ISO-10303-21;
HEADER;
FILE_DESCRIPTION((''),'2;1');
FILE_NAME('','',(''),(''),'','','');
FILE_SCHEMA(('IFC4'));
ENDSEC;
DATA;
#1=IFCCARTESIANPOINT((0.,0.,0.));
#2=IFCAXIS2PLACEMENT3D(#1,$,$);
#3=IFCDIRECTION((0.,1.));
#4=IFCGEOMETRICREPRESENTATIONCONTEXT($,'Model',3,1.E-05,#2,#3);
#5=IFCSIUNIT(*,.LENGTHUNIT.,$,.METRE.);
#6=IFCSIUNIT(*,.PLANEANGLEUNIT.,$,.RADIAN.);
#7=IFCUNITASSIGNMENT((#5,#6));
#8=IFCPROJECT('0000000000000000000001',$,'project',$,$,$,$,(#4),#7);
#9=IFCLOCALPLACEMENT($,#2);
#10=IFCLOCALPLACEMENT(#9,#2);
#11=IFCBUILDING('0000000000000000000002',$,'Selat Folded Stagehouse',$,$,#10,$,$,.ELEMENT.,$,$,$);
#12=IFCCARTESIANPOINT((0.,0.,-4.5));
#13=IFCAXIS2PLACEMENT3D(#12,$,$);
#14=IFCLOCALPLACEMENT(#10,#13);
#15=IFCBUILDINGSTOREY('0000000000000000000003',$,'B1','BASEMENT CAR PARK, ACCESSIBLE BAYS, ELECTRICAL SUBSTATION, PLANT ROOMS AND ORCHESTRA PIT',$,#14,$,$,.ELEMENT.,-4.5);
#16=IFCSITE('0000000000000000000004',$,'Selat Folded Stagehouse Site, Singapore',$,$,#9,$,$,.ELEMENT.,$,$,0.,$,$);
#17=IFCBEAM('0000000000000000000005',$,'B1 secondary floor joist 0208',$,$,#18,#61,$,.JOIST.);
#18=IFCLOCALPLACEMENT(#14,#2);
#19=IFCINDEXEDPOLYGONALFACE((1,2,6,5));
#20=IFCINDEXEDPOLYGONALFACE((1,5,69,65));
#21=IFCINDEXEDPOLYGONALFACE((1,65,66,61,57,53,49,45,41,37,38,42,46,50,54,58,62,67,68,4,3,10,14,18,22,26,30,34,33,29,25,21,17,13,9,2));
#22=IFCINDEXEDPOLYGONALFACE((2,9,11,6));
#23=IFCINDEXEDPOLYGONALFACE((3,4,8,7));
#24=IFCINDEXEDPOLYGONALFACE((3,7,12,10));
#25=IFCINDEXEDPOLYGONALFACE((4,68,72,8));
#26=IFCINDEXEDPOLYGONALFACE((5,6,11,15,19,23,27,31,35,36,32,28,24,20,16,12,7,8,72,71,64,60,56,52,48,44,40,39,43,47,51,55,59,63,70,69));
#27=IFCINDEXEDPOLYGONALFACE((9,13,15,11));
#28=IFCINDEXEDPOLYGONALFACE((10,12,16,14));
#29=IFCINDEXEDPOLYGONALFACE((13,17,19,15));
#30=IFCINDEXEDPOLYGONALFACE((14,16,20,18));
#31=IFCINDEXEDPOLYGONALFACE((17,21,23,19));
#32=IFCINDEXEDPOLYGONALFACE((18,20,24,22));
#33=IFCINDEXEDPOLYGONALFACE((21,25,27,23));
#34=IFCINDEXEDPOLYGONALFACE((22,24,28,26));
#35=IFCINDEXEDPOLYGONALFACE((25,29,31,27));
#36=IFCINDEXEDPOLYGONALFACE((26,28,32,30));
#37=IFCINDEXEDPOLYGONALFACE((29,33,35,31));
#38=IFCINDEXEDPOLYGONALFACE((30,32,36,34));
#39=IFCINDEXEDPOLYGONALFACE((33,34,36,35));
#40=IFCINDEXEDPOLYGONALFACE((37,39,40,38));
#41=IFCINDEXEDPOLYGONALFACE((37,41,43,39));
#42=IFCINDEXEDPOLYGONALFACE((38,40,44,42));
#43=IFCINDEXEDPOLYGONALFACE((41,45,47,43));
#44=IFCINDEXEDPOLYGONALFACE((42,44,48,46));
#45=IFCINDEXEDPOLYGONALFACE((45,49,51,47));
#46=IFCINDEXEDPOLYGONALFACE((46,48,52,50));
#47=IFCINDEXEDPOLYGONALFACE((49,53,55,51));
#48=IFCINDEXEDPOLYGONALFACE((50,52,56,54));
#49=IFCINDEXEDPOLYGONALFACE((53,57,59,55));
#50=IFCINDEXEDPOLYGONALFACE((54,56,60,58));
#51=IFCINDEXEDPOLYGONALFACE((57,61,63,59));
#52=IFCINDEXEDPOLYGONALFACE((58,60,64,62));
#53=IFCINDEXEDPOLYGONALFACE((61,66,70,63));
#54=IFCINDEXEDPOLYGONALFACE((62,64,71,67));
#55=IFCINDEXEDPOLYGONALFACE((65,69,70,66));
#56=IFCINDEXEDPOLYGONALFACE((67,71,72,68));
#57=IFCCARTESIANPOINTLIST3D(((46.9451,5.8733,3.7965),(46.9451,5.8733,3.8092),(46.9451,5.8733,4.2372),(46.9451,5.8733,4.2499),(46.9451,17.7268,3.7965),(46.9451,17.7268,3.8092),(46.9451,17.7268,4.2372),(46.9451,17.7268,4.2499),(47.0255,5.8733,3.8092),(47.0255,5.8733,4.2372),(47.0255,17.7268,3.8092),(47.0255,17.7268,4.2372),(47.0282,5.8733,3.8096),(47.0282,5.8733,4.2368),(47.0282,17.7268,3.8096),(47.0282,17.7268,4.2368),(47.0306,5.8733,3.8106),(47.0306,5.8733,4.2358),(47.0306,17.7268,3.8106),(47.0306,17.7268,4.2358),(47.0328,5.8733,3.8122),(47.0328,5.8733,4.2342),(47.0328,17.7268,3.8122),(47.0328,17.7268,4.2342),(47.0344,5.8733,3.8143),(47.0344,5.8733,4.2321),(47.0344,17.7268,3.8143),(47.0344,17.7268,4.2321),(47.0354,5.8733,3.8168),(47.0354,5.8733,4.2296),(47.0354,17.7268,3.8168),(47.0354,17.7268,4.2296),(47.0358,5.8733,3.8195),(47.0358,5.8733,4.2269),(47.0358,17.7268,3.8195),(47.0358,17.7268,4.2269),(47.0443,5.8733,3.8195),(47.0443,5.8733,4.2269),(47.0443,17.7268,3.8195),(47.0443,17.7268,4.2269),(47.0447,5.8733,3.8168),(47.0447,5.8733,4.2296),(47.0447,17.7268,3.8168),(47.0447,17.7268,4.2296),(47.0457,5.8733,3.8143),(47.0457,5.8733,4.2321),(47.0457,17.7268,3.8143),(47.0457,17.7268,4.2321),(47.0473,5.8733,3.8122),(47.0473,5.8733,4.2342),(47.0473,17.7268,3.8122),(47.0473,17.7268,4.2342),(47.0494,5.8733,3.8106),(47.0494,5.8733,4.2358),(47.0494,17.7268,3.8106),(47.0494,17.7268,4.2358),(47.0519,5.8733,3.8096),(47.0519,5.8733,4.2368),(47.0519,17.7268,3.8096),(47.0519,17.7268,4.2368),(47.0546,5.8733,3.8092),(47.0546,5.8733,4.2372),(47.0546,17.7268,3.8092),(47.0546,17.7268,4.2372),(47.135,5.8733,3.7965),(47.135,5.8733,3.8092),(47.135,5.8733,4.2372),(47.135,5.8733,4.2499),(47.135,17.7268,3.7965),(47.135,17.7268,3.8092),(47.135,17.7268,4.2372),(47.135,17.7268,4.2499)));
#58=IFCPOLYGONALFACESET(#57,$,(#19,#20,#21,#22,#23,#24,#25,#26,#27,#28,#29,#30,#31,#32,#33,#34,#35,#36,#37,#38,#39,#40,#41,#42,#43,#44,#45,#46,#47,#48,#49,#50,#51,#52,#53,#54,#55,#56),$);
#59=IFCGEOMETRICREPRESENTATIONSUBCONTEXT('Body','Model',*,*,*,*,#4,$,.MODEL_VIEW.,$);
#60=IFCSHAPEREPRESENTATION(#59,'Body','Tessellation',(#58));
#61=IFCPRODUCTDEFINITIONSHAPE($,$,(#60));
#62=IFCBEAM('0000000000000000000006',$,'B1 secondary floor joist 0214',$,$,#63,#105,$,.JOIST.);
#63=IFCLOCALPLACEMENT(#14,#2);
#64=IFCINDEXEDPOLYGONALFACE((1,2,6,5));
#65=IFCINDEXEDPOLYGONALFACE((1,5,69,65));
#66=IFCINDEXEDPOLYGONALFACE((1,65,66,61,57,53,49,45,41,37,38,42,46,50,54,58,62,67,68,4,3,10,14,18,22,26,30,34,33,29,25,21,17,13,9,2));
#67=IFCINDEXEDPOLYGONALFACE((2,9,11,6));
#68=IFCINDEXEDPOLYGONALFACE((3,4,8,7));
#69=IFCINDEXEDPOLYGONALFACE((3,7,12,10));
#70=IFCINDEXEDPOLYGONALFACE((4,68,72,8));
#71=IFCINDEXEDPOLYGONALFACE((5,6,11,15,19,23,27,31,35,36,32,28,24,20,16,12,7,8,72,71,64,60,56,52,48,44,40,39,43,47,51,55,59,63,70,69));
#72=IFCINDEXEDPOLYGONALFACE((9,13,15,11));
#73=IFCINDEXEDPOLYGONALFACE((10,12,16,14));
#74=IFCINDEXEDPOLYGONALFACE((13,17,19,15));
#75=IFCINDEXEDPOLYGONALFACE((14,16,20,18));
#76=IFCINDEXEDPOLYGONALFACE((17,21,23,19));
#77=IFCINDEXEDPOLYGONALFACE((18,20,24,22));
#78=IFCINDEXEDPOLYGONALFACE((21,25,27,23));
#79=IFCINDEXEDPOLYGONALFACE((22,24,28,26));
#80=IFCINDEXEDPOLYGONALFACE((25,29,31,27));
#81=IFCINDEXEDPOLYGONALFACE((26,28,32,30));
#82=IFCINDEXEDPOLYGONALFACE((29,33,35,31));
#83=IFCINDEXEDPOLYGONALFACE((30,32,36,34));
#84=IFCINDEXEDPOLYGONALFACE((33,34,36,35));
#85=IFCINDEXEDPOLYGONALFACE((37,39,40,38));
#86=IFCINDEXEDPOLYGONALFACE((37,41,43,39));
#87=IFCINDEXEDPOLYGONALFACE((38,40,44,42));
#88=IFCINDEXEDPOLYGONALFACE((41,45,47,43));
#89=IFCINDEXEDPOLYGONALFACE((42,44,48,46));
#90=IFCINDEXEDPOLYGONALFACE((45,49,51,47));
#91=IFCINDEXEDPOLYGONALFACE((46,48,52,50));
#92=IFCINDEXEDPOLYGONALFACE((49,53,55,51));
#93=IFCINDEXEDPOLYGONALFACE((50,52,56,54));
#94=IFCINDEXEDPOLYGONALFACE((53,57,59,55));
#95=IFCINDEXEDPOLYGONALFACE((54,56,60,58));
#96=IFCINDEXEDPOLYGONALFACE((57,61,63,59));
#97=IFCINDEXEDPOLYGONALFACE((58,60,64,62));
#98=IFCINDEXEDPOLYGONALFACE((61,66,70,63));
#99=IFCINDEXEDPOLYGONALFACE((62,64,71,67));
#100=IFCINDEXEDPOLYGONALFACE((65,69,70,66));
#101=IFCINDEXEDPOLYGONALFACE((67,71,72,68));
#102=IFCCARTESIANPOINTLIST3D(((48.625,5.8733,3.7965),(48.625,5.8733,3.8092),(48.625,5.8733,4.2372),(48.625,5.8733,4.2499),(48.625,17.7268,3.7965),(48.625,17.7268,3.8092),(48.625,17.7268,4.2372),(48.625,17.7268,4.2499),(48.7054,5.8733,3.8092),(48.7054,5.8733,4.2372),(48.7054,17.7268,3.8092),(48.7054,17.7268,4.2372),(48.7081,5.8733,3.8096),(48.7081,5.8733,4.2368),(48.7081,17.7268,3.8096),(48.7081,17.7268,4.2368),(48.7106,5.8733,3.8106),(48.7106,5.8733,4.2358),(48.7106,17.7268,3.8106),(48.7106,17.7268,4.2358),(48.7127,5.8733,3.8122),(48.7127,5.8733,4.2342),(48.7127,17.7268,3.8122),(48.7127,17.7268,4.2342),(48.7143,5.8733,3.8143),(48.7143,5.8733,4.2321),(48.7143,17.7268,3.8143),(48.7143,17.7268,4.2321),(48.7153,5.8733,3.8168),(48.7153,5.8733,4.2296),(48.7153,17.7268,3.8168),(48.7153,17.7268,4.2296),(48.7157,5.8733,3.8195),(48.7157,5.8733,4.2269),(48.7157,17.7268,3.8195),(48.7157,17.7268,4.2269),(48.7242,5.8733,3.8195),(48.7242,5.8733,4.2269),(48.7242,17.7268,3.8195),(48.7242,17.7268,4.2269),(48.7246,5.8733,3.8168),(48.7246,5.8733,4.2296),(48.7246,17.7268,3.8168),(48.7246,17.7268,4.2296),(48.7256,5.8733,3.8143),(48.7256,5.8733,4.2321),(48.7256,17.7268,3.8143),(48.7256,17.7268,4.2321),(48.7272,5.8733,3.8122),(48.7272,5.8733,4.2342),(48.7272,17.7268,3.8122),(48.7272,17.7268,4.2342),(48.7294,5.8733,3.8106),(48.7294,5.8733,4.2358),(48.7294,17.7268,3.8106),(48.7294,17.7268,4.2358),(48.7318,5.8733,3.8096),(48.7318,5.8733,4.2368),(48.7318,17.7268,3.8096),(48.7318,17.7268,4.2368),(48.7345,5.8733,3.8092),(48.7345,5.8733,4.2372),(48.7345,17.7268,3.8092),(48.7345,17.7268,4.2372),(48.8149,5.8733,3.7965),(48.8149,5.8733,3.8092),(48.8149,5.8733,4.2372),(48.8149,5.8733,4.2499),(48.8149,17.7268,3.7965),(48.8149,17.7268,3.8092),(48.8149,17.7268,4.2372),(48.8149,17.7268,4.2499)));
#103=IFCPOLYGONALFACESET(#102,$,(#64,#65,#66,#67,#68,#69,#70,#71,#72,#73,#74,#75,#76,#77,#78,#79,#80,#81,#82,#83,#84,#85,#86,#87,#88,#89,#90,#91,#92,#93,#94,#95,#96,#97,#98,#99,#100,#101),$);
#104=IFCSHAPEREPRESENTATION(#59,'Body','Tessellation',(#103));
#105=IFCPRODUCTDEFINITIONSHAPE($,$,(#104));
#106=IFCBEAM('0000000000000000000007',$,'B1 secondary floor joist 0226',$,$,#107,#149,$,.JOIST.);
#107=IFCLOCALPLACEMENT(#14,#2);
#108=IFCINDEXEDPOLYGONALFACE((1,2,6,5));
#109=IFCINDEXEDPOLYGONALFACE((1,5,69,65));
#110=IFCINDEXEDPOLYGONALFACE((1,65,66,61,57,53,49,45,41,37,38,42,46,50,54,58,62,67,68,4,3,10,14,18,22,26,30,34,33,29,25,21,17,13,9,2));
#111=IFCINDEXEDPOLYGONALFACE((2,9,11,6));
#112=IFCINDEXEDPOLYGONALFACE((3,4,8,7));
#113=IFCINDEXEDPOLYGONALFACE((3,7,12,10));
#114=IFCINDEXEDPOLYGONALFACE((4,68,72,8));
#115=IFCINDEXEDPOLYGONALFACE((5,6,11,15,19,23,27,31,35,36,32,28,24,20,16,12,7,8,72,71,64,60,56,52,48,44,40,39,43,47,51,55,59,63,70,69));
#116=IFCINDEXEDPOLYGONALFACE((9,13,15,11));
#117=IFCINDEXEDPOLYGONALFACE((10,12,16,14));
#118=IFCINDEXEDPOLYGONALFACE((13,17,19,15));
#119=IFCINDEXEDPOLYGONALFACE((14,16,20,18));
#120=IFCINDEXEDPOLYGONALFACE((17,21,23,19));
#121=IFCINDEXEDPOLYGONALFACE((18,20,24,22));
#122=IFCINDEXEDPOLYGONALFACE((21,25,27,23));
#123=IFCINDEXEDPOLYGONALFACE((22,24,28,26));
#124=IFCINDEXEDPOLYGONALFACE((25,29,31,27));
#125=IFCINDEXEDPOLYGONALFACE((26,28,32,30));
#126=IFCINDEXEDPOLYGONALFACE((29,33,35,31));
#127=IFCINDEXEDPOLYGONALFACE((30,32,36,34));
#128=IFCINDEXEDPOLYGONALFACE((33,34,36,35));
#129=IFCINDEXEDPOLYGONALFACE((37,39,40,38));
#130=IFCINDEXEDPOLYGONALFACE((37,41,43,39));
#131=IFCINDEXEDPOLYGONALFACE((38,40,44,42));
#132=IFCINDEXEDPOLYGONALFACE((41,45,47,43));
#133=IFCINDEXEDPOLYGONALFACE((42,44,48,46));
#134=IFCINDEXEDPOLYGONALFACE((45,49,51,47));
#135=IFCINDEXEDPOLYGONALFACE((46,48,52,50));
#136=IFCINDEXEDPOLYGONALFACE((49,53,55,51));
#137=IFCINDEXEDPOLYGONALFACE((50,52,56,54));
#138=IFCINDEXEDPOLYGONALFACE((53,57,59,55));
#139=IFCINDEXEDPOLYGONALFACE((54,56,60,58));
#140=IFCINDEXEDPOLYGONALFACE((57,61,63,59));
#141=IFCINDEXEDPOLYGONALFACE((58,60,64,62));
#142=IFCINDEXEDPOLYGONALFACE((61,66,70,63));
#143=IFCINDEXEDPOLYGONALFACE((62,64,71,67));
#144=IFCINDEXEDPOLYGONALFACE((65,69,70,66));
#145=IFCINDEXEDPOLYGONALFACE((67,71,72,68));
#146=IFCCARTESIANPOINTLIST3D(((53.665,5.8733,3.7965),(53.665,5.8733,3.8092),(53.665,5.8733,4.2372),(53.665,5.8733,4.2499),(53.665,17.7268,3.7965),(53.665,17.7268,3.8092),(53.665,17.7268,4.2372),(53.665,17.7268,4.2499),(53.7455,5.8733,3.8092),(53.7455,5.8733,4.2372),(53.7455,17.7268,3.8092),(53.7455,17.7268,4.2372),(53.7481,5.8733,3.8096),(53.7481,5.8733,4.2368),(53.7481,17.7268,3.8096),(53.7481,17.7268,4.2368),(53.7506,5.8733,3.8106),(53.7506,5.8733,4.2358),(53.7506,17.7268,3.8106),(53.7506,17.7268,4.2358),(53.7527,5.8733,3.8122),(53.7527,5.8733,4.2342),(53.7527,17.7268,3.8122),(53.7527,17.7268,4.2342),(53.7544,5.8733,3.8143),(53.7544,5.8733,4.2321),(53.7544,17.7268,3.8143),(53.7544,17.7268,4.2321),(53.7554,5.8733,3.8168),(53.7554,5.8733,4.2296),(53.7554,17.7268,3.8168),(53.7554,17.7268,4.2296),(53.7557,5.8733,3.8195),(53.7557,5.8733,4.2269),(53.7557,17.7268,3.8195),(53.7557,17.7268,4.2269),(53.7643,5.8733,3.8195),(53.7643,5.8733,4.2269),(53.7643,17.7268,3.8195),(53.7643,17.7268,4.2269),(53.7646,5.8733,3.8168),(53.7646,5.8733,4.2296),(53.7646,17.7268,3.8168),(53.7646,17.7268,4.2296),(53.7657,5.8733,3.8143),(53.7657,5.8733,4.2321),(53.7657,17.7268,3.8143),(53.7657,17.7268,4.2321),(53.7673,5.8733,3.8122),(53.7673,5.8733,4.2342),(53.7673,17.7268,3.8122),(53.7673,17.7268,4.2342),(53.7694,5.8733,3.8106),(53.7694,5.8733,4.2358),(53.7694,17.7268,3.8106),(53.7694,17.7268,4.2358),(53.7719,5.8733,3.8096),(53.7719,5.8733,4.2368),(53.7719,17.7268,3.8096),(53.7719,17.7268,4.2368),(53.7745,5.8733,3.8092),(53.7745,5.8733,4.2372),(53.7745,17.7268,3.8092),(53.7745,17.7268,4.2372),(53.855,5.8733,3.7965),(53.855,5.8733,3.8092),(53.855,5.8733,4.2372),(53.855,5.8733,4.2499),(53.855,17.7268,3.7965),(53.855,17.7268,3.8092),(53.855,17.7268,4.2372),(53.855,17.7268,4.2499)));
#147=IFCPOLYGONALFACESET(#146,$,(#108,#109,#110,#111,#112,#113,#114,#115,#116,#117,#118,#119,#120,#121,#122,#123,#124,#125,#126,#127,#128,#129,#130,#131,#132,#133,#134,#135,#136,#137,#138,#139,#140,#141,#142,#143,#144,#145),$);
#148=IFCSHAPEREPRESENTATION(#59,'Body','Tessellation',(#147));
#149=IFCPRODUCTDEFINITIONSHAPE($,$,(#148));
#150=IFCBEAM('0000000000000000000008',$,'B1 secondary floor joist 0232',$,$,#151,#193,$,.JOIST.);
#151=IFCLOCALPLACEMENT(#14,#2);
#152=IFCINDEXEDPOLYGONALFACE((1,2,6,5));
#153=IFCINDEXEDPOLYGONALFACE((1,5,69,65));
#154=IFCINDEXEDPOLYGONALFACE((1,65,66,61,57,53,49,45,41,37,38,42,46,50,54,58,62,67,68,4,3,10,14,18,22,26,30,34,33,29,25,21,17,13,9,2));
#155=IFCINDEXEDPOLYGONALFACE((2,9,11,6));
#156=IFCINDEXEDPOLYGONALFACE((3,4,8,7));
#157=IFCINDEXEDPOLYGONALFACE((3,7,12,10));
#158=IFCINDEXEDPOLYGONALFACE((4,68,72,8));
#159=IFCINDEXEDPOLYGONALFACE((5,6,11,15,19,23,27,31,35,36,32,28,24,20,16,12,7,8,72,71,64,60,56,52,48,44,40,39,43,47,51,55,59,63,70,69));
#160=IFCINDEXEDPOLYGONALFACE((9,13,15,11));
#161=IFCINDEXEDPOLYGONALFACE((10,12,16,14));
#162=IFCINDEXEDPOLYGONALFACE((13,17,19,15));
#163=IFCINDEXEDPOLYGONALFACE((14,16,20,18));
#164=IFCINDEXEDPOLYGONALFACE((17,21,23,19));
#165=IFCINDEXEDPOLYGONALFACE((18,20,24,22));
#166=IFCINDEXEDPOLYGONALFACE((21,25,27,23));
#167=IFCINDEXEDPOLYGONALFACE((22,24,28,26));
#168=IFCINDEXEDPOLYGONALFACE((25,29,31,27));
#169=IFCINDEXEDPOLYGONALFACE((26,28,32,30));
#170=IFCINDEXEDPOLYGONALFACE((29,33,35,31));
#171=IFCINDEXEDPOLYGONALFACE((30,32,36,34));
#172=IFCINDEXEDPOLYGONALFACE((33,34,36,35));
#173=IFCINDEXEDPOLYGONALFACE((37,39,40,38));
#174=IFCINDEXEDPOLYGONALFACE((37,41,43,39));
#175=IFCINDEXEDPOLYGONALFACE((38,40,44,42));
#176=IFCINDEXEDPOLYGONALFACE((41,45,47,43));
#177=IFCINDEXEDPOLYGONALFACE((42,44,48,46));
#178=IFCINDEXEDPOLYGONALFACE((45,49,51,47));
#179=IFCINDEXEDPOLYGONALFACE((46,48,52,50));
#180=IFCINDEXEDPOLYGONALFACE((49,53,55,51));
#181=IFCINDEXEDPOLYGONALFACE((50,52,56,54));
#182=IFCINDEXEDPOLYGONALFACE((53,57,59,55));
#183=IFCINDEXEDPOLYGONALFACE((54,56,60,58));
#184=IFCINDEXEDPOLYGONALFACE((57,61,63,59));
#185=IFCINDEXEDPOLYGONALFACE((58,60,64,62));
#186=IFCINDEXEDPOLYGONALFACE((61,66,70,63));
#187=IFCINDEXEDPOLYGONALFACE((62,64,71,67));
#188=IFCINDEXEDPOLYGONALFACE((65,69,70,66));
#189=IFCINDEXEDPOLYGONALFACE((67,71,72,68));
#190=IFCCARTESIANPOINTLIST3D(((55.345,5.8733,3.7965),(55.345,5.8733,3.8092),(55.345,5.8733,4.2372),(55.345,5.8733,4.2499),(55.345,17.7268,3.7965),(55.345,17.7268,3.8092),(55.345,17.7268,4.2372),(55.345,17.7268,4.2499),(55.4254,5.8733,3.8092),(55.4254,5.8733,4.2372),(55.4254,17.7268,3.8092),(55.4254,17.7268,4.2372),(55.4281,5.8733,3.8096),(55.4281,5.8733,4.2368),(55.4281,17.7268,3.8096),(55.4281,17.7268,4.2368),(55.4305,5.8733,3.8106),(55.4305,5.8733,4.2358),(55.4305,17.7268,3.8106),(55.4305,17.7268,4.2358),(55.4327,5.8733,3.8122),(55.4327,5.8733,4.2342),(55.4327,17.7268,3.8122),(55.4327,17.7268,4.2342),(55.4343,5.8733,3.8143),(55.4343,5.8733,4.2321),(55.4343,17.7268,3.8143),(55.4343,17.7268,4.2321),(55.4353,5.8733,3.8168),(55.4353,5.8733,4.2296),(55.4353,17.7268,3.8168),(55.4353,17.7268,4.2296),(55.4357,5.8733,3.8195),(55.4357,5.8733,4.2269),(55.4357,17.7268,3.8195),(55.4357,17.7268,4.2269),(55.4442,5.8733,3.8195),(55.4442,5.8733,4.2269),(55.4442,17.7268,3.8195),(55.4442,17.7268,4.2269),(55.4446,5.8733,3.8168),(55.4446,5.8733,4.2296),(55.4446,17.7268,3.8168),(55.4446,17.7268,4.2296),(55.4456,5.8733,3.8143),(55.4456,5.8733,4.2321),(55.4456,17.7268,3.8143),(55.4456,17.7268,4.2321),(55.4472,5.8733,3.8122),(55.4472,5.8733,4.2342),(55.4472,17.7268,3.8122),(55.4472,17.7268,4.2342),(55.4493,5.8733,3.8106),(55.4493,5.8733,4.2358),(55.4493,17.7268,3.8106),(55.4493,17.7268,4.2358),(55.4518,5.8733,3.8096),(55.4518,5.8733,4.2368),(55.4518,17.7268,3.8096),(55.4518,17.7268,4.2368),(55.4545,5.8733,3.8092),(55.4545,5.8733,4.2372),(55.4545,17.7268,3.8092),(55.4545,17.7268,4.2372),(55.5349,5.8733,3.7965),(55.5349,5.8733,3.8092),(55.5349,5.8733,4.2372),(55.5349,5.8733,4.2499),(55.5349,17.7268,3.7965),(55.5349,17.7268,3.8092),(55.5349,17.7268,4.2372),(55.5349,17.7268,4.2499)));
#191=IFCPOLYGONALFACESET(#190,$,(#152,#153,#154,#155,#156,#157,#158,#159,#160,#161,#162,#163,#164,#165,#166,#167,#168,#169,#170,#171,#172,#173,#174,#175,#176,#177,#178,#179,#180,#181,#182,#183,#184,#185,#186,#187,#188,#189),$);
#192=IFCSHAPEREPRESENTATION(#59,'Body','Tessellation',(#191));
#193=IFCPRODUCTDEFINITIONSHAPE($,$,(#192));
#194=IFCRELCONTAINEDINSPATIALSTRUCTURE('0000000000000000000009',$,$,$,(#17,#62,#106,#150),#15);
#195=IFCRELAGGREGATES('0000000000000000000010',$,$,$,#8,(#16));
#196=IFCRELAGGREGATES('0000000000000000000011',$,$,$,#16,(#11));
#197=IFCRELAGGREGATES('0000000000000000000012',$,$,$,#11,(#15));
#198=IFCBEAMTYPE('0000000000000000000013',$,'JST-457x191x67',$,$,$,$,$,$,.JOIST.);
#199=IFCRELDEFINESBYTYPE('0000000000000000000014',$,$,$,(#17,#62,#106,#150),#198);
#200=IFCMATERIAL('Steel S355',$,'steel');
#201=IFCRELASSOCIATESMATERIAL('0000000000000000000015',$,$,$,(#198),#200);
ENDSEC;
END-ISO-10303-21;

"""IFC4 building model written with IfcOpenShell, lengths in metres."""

from ifc_helpers import new_model, si_unit, direction, frame, origin, origin_2d, place, context, subcontext, project, spatial, i_section, extrude, material, material_profile, profile_set, type_object, element, save


model = new_model("IFC4")

# Units and contexts
model_context = context("Model", 3, precision=1e-05, world=origin(), true_north=direction((0.0, 1.0)))
body_context = subcontext(model_context, "Body", "Model", "MODEL_VIEW")
ifc_project = project(units=[si_unit("LENGTHUNIT", "METRE"), si_unit("PLANEANGLEUNIT", "RADIAN")], contexts=[model_context])

# Site, building, storey
site_placement = place(None, origin())
site = spatial("IfcSite", under=ifc_project, at=site_placement, Name="Selat Folded Stagehouse Site, Singapore", CompositionType="ELEMENT", RefElevation=0.0)
building_placement = place(site_placement, origin())
building = spatial("IfcBuilding", under=site, at=building_placement, Name="Selat Folded Stagehouse", CompositionType="ELEMENT")
storey_placement = place(building_placement, frame((0.0, 0.0, -4.5)))
storey = spatial("IfcBuildingStorey", under=building, at=storey_placement, Name="B1", Description="BASEMENT CAR PARK, ACCESSIBLE BAYS, ELECTRICAL SUBSTATION, PLANT ROOMS AND ORCHESTRA PIT", CompositionType="ELEMENT", Elevation=-4.5)

# Shared definitions
ifc_material_1 = material(Name="Steel S355", Category="steel")

# Beams
ifc_material_profile_1 = material_profile(ifc_material_1, i_section(OverallWidth=0.1899, OverallDepth=0.4534, WebThickness=0.0085, FlangeThickness=0.0127, FilletRadius=0.0103, at=origin_2d()), Name="UKB 457x191x67")
ifc_profile_set_1 = profile_set([ifc_material_profile_1], Name="Steel S355")
beam_type_1 = type_object("IfcBeamType", Name="JST-457x191x67", PredefinedType="JOIST", material=ifc_profile_set_1)
for number, where, z_axis, x_axis, name in (
    (1, (47.04, 5.8733, 4.0232), (0.0, 1.0, 0.0), (-1.0, 0.0, 0.0), "B1 secondary floor joist 0208"),
    (2, (48.72, 5.8733, 4.0232), (0.0, 1.0, 0.0), (-1.0, 0.0, 0.0), "B1 secondary floor joist 0214"),
    (3, (53.76, 5.8733, 4.0232), (0.0, 1.0, 0.0), (-1.0, 0.0, 0.0), "B1 secondary floor joist 0226"),
    (4, (55.4399, 5.8733, 4.0232), (0.0, 1.0, 0.0), (-1.0, 0.0, 0.0), "B1 secondary floor joist 0232"),
):
    element("IfcBeam", number, at=place(storey_placement, frame(where, z_axis=z_axis, x_axis=x_axis)), inside=storey, type_object=beam_type_1, Name=name, PredefinedType="JOIST", context=body_context, shape_type="SweptSolid", body=[
        extrude(i_section(OverallWidth=0.1899, OverallDepth=0.4534, WebThickness=0.0085, FlangeThickness=0.0127, FilletRadius=0.0103, at=origin_2d()), origin(), (0.0, 0.0, 1.0), 11.8535),
    ])

save(model, "model.ifc")
